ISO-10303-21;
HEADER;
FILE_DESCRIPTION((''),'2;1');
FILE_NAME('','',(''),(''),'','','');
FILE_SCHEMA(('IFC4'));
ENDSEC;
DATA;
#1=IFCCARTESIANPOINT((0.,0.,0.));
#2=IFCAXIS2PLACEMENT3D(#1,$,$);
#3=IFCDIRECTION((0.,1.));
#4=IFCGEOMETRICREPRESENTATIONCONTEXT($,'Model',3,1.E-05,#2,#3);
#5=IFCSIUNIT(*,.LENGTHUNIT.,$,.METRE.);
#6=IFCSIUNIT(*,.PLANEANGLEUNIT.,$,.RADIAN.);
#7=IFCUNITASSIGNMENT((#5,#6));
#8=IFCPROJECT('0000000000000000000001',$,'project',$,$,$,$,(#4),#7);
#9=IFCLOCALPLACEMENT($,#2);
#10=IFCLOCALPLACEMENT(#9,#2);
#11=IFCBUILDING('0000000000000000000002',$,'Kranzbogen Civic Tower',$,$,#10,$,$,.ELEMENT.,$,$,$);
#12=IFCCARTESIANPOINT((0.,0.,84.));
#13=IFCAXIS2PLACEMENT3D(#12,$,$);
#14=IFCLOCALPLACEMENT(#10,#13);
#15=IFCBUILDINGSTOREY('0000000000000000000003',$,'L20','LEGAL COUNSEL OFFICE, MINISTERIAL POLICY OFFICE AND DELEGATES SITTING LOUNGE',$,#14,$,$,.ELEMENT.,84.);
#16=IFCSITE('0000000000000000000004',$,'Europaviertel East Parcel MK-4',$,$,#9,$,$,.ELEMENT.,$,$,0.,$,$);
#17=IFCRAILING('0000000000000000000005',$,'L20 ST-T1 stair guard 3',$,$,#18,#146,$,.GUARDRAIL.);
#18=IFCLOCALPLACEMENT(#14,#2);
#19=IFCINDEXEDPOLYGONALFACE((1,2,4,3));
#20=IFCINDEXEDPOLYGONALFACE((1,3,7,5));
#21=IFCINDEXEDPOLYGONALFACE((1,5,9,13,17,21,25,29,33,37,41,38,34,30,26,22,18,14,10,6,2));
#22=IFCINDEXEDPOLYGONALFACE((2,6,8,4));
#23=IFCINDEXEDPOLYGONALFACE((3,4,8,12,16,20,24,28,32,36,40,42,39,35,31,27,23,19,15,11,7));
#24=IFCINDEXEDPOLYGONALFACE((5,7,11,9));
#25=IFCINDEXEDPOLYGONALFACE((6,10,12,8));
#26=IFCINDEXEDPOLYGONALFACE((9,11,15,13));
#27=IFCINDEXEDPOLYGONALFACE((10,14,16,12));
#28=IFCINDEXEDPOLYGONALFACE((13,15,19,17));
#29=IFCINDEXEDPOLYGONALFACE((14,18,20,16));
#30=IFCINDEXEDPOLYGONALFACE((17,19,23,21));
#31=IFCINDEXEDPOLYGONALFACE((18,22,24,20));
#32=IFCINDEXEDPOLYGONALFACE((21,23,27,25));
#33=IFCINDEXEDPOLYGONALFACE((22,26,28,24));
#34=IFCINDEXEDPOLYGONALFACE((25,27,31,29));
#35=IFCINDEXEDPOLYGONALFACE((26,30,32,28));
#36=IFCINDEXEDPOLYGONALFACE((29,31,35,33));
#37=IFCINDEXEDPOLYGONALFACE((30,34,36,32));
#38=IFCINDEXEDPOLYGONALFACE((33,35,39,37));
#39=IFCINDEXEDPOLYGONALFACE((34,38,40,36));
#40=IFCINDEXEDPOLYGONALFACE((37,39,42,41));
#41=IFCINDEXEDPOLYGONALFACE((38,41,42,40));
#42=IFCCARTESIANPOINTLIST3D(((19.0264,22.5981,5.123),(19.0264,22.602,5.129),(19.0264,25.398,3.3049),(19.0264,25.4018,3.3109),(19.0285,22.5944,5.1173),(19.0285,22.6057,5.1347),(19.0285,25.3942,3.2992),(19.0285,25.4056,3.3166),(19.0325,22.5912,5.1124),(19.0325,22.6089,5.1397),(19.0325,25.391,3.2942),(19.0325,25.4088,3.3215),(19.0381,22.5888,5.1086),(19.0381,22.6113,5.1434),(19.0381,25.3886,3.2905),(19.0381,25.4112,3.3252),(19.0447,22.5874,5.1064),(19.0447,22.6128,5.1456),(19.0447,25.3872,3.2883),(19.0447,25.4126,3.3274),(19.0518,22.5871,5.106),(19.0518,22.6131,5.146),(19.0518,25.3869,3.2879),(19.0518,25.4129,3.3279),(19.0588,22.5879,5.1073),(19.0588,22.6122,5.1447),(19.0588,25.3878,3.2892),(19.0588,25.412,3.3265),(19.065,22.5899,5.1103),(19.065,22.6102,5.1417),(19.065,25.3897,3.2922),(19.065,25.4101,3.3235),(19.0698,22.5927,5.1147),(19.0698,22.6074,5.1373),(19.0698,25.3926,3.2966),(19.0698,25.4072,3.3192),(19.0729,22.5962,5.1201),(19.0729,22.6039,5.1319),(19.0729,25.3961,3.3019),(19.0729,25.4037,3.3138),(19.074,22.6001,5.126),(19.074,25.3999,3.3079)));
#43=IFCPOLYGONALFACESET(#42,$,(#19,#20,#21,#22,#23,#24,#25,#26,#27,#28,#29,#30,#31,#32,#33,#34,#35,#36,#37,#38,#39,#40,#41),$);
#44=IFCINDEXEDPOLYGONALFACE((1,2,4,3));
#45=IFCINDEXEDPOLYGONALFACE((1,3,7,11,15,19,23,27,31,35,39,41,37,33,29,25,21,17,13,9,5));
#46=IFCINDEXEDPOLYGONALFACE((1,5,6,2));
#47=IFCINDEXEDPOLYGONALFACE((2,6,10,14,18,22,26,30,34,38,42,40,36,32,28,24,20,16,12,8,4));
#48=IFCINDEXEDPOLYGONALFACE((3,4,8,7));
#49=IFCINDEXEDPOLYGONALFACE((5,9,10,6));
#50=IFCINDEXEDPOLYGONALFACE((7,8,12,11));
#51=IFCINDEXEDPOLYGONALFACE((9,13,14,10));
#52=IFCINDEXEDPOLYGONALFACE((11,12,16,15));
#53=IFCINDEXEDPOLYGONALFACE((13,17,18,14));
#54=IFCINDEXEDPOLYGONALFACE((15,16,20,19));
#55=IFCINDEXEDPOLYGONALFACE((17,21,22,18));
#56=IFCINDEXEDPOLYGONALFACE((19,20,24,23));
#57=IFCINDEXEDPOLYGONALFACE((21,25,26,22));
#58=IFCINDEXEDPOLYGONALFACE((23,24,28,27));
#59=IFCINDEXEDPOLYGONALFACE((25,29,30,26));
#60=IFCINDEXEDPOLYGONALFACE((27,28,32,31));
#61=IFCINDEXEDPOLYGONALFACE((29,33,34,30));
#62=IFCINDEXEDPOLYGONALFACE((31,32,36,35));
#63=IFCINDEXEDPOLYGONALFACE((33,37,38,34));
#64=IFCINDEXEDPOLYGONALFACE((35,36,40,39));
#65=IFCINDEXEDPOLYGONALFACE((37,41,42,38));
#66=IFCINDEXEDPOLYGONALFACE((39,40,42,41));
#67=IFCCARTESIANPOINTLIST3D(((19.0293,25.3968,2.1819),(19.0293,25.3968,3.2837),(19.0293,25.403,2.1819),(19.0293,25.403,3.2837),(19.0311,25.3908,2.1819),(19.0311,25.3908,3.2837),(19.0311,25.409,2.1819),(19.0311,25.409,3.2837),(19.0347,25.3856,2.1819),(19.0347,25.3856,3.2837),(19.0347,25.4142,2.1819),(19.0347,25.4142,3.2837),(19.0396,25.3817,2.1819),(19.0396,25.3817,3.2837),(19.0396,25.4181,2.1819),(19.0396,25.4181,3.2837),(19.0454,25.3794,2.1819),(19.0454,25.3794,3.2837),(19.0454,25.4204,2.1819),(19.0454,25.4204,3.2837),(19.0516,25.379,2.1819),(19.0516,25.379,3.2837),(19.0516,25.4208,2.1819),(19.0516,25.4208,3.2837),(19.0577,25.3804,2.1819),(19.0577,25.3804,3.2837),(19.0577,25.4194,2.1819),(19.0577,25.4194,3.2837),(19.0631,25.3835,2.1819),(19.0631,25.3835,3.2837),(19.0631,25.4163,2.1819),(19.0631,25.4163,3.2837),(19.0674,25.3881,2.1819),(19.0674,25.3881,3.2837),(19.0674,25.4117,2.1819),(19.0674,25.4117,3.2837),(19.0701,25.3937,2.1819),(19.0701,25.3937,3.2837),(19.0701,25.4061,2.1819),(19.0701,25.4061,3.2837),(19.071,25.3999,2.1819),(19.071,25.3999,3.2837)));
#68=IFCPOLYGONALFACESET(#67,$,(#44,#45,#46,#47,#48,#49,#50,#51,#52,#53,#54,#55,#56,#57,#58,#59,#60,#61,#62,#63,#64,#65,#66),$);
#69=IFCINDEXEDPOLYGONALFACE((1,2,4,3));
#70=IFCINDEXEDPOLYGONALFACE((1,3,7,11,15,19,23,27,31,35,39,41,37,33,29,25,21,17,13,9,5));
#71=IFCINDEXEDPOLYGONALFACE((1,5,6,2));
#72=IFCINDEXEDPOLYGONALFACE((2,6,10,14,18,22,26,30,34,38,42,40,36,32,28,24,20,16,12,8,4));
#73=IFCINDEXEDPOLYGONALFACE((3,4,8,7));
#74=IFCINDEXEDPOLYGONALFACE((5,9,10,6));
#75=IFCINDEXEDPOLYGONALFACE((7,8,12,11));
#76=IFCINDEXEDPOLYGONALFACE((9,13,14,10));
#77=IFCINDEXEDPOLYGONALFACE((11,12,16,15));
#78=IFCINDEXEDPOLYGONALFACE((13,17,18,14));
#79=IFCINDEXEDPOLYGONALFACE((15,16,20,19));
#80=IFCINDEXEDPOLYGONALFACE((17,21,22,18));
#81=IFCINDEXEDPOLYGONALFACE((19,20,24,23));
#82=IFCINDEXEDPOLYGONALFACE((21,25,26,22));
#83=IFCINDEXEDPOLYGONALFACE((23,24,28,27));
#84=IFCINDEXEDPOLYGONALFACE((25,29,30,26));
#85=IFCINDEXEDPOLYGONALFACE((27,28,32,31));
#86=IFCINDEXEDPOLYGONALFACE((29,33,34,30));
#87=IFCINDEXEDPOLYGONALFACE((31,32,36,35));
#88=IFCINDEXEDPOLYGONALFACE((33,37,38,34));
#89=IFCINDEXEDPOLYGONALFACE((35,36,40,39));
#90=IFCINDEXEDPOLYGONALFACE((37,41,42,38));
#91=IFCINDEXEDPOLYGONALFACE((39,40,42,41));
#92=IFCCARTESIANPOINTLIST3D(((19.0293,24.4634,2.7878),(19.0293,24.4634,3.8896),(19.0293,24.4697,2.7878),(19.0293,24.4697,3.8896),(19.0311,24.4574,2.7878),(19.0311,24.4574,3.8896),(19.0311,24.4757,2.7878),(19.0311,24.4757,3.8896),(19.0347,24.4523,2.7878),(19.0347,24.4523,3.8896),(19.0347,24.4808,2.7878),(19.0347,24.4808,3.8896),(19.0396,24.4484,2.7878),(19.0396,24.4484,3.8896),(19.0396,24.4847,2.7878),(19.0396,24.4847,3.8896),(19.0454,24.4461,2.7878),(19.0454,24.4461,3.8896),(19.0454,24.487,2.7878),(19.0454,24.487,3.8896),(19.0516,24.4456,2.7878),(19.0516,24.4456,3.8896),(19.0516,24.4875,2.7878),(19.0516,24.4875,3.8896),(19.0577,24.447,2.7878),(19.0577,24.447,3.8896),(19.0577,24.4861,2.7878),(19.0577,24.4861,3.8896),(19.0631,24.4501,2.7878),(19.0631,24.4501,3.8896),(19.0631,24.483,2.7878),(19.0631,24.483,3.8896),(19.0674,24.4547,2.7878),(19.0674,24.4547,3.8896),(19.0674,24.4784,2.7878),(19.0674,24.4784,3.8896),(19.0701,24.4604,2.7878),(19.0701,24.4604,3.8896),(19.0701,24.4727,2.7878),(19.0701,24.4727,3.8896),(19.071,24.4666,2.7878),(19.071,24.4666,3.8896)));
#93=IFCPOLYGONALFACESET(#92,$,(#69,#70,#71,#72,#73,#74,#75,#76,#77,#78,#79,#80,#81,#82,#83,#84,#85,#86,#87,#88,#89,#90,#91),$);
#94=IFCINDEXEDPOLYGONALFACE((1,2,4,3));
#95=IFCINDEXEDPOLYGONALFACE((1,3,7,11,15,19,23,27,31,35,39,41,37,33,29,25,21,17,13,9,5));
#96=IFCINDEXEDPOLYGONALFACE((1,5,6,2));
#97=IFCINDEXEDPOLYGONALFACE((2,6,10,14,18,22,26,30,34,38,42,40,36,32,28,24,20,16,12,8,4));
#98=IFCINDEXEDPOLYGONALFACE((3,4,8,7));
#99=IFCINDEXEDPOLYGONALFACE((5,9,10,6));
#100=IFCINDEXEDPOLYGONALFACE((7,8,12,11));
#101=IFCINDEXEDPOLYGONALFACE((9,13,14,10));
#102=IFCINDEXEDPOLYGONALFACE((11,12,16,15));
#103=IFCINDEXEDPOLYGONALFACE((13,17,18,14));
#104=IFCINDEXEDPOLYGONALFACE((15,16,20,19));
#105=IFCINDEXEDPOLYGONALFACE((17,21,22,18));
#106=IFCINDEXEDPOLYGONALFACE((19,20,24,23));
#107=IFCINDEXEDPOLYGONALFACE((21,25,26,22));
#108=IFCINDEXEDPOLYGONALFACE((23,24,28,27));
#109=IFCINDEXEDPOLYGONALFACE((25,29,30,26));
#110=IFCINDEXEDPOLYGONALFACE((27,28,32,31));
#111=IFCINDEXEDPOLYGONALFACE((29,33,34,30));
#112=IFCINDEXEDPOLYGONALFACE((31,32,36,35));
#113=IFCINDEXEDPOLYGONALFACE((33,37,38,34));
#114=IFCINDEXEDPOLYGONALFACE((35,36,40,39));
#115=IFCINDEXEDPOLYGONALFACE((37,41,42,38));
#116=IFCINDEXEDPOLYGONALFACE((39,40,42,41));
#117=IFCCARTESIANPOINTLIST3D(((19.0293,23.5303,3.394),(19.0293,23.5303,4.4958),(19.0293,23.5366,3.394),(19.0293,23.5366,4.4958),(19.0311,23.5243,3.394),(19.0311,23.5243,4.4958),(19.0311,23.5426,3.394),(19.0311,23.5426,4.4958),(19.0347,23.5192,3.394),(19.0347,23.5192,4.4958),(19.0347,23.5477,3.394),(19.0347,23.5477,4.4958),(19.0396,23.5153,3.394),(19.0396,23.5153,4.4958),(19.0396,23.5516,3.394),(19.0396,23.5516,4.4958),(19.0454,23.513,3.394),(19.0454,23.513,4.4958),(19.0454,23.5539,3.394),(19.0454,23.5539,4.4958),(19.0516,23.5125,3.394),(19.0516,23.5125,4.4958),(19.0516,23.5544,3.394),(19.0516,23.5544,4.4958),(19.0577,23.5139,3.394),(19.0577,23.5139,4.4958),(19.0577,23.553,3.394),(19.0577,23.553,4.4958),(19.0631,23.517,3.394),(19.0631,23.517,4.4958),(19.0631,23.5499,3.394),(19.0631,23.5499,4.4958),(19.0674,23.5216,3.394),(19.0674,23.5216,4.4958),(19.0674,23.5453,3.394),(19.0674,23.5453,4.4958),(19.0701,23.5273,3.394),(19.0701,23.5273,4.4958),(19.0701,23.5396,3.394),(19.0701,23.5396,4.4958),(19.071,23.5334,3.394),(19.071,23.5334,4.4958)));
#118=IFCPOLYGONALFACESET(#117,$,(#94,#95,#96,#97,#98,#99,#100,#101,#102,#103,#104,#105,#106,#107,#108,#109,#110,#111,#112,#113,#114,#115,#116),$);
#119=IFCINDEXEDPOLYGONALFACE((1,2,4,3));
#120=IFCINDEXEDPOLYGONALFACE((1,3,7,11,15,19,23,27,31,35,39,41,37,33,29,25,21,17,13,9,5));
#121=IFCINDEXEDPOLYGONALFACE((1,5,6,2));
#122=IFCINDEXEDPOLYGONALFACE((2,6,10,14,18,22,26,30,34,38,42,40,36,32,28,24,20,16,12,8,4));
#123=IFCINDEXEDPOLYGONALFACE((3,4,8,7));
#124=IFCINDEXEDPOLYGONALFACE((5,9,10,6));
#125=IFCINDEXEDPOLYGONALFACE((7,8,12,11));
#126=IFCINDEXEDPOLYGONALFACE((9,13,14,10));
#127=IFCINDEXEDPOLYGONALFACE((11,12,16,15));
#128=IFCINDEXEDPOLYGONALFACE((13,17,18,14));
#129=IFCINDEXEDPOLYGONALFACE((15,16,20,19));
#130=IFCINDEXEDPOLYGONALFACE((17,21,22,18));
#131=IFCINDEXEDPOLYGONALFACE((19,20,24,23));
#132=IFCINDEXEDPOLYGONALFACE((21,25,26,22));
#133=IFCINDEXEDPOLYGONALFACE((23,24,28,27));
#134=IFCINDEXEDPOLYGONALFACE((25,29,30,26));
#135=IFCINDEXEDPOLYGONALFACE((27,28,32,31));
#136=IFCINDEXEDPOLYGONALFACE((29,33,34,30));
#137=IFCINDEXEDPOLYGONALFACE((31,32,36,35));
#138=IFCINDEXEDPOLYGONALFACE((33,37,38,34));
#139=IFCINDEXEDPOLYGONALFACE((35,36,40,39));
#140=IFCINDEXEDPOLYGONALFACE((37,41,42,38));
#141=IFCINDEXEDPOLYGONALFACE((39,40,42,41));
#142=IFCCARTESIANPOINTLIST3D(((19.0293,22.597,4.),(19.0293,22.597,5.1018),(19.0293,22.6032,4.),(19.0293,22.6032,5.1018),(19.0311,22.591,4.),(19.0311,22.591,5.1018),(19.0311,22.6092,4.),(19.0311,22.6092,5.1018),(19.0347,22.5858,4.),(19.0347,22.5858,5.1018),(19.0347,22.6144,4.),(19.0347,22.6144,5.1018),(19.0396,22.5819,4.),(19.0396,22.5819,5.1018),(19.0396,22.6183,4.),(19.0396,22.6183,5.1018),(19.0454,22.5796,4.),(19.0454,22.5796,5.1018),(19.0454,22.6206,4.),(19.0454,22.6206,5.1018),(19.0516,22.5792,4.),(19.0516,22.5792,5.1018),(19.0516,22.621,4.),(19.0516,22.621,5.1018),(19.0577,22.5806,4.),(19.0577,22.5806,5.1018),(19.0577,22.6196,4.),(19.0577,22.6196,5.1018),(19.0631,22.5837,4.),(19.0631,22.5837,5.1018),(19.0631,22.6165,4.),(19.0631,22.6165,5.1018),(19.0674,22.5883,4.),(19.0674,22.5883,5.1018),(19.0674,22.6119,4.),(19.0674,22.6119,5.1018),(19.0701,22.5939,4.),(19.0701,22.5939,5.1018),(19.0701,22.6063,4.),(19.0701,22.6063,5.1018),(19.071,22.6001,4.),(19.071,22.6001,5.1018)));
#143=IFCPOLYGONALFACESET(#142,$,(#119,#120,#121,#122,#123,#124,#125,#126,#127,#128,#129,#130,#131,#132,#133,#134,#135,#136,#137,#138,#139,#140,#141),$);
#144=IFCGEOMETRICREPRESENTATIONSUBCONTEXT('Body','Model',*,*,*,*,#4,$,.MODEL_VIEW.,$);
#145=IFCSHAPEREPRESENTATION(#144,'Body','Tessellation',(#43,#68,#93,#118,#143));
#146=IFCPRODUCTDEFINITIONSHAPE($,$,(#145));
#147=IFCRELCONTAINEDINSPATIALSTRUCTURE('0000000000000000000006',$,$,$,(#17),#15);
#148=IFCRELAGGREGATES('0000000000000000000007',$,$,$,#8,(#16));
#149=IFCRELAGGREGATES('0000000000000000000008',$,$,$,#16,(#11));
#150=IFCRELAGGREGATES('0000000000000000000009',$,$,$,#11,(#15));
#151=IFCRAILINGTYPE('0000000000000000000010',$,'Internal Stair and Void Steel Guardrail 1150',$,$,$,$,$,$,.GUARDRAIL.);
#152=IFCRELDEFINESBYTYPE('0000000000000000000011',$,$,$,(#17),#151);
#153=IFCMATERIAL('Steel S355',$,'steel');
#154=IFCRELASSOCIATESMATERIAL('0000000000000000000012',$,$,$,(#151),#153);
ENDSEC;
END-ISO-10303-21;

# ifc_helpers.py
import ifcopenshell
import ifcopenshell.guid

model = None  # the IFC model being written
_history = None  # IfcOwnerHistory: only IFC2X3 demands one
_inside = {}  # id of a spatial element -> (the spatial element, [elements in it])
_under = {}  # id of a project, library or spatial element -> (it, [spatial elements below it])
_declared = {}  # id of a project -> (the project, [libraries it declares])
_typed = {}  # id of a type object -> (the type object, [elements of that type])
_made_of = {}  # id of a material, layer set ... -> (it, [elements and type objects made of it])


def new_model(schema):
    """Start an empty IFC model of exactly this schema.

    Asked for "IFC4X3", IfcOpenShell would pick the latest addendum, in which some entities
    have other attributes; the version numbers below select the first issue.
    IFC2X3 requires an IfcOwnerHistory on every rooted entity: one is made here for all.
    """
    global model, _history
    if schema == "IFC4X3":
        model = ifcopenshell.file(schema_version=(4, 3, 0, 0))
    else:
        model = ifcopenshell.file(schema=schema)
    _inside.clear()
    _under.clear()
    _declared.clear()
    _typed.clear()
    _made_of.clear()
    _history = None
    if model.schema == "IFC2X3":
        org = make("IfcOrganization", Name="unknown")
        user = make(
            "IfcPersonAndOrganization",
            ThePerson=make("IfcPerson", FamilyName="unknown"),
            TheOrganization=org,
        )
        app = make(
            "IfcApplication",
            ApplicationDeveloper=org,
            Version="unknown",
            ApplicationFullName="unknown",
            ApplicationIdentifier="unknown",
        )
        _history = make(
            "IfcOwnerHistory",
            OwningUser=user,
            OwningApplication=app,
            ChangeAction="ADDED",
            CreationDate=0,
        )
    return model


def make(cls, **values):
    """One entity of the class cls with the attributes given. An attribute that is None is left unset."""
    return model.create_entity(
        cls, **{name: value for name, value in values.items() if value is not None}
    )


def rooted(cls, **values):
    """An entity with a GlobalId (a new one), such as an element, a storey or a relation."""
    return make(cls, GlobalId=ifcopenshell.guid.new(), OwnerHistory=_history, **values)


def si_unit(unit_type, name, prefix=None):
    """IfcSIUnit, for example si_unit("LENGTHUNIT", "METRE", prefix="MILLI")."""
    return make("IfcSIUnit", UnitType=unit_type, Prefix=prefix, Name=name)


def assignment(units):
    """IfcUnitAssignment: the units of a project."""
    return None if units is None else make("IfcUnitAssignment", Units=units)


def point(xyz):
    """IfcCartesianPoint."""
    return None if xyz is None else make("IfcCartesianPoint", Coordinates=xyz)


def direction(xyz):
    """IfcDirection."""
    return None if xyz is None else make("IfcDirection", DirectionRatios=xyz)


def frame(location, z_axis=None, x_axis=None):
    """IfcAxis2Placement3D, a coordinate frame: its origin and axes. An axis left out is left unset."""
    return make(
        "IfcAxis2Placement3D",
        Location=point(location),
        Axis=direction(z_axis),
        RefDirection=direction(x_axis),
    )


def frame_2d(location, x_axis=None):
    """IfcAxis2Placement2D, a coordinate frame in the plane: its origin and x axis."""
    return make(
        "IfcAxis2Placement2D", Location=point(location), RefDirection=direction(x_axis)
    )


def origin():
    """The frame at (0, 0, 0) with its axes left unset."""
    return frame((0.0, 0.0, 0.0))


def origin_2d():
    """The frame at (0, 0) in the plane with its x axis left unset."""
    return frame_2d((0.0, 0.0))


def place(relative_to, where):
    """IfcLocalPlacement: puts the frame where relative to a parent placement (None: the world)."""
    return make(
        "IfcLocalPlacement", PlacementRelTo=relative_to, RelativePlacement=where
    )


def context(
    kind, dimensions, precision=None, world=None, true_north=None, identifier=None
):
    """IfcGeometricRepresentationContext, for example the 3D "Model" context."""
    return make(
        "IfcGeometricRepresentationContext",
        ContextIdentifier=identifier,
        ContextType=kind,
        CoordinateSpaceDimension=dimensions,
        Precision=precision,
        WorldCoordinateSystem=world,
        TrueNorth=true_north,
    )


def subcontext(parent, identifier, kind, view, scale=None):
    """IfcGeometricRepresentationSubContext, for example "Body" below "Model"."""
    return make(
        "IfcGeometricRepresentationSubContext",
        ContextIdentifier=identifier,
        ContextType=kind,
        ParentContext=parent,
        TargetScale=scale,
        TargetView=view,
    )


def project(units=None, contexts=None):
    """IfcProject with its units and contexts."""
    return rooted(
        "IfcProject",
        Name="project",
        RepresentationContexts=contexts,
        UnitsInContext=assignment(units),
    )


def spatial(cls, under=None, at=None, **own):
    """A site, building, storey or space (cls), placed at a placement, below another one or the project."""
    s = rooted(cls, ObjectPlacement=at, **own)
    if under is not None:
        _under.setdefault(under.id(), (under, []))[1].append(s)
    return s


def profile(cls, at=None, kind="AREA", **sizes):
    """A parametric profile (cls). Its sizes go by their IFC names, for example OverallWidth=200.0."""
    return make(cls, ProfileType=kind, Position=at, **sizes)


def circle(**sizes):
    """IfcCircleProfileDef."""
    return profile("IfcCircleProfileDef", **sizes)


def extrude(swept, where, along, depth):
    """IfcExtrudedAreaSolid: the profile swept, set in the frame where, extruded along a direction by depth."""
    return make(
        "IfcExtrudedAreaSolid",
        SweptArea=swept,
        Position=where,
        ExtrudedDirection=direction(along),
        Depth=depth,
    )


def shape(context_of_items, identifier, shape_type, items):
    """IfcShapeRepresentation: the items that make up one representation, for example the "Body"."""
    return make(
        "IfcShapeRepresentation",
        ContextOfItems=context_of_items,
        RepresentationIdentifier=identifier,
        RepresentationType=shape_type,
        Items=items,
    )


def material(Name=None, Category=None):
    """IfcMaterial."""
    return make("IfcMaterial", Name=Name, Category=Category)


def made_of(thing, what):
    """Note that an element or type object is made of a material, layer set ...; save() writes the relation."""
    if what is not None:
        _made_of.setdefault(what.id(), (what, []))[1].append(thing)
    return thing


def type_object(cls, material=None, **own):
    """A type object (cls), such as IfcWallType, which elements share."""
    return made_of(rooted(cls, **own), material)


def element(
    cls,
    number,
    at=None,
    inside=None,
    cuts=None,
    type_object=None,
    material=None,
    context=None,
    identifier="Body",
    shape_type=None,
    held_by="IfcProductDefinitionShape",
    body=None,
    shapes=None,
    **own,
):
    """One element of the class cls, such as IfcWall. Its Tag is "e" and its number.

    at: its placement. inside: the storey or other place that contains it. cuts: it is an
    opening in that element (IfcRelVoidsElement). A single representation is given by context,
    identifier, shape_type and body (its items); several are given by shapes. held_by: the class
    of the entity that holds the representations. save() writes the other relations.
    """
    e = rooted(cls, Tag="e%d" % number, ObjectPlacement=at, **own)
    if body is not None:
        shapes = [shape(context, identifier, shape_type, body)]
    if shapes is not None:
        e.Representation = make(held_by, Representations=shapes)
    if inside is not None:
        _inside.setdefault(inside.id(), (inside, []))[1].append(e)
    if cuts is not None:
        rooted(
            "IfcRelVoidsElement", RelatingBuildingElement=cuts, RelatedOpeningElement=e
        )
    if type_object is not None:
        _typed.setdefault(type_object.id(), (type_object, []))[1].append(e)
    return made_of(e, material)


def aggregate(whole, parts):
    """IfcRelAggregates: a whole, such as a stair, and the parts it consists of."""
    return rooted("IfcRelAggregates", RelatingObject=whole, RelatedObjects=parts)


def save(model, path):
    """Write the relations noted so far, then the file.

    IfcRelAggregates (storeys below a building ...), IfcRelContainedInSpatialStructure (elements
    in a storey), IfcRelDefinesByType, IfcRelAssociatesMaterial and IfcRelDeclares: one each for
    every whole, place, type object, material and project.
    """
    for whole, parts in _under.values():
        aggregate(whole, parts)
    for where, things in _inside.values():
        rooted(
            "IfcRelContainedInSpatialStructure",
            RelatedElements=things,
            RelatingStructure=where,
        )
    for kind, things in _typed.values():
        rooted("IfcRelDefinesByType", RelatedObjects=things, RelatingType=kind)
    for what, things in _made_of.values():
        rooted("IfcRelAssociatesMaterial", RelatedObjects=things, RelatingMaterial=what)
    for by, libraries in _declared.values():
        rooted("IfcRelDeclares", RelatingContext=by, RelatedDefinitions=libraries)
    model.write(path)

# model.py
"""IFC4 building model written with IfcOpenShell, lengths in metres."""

from ifc_helpers import new_model, si_unit, direction, frame, origin, origin_2d, place, context, subcontext, project, spatial, circle, extrude, material, type_object, element, save


model = new_model("IFC4")

# Units and contexts
model_context = context("Model", 3, precision=1e-05, world=origin(), true_north=direction((0.0, 1.0)))
body_context = subcontext(model_context, "Body", "Model", "MODEL_VIEW")
ifc_project = project(units=[si_unit("LENGTHUNIT", "METRE"), si_unit("PLANEANGLEUNIT", "RADIAN")], contexts=[model_context])

# Site, building, storey
site_placement = place(None, origin())
site = spatial("IfcSite", under=ifc_project, at=site_placement, Name="Europaviertel East Parcel MK-4", CompositionType="ELEMENT", RefElevation=0.0)
building_placement = place(site_placement, origin())
building = spatial("IfcBuilding", under=site, at=building_placement, Name="Kranzbogen Civic Tower", CompositionType="ELEMENT")
storey_placement = place(building_placement, frame((0.0, 0.0, 84.0)))
storey = spatial("IfcBuildingStorey", under=building, at=storey_placement, Name="L20", Description="LEGAL COUNSEL OFFICE, MINISTERIAL POLICY OFFICE AND DELEGATES SITTING LOUNGE", CompositionType="ELEMENT", Elevation=84.0)

# Shared definitions
ifc_material_1 = material(Name="Steel S355", Category="steel")

# Railing
railing_type_1 = type_object("IfcRailingType", Name="Internal Stair and Void Steel Guardrail 1150", PredefinedType="GUARDRAIL", material=ifc_material_1)
railing_1_placement = place(storey_placement, frame((19.05, 25.3999, 2.1819)))
element("IfcRailing", 1, at=railing_1_placement, inside=storey, type_object=railing_type_1, Name="L20 ST-T1 stair guard 3", PredefinedType="GUARDRAIL", context=body_context, shape_type="SweptSolid", body=[
    extrude(circle(Radius=0.0239, at=origin_2d()), frame((0.0, 0.0, 1.126), z_axis=(0.0, -0.838684, 0.544618), x_axis=(1.0, 0.0, 0.0)), (0.0, 0.0, 1.0), 3.3384),
    extrude(circle(Radius=0.021, at=origin_2d()), origin(), (0.0, 0.0, 1.0), 1.1018),
    extrude(circle(Radius=0.021, at=origin_2d()), frame((0.0, -0.9333, 0.606)), (0.0, 0.0, 1.0), 1.1018),
    extrude(circle(Radius=0.021, at=origin_2d()), frame((0.0, -1.8665, 1.2122)), (0.0, 0.0, 1.0), 1.1018),
    extrude(circle(Radius=0.021, at=origin_2d()), frame((0.0, -2.7998, 1.8181)), (0.0, 0.0, 1.0), 1.1018),
])

save(model, "model.ifc")
